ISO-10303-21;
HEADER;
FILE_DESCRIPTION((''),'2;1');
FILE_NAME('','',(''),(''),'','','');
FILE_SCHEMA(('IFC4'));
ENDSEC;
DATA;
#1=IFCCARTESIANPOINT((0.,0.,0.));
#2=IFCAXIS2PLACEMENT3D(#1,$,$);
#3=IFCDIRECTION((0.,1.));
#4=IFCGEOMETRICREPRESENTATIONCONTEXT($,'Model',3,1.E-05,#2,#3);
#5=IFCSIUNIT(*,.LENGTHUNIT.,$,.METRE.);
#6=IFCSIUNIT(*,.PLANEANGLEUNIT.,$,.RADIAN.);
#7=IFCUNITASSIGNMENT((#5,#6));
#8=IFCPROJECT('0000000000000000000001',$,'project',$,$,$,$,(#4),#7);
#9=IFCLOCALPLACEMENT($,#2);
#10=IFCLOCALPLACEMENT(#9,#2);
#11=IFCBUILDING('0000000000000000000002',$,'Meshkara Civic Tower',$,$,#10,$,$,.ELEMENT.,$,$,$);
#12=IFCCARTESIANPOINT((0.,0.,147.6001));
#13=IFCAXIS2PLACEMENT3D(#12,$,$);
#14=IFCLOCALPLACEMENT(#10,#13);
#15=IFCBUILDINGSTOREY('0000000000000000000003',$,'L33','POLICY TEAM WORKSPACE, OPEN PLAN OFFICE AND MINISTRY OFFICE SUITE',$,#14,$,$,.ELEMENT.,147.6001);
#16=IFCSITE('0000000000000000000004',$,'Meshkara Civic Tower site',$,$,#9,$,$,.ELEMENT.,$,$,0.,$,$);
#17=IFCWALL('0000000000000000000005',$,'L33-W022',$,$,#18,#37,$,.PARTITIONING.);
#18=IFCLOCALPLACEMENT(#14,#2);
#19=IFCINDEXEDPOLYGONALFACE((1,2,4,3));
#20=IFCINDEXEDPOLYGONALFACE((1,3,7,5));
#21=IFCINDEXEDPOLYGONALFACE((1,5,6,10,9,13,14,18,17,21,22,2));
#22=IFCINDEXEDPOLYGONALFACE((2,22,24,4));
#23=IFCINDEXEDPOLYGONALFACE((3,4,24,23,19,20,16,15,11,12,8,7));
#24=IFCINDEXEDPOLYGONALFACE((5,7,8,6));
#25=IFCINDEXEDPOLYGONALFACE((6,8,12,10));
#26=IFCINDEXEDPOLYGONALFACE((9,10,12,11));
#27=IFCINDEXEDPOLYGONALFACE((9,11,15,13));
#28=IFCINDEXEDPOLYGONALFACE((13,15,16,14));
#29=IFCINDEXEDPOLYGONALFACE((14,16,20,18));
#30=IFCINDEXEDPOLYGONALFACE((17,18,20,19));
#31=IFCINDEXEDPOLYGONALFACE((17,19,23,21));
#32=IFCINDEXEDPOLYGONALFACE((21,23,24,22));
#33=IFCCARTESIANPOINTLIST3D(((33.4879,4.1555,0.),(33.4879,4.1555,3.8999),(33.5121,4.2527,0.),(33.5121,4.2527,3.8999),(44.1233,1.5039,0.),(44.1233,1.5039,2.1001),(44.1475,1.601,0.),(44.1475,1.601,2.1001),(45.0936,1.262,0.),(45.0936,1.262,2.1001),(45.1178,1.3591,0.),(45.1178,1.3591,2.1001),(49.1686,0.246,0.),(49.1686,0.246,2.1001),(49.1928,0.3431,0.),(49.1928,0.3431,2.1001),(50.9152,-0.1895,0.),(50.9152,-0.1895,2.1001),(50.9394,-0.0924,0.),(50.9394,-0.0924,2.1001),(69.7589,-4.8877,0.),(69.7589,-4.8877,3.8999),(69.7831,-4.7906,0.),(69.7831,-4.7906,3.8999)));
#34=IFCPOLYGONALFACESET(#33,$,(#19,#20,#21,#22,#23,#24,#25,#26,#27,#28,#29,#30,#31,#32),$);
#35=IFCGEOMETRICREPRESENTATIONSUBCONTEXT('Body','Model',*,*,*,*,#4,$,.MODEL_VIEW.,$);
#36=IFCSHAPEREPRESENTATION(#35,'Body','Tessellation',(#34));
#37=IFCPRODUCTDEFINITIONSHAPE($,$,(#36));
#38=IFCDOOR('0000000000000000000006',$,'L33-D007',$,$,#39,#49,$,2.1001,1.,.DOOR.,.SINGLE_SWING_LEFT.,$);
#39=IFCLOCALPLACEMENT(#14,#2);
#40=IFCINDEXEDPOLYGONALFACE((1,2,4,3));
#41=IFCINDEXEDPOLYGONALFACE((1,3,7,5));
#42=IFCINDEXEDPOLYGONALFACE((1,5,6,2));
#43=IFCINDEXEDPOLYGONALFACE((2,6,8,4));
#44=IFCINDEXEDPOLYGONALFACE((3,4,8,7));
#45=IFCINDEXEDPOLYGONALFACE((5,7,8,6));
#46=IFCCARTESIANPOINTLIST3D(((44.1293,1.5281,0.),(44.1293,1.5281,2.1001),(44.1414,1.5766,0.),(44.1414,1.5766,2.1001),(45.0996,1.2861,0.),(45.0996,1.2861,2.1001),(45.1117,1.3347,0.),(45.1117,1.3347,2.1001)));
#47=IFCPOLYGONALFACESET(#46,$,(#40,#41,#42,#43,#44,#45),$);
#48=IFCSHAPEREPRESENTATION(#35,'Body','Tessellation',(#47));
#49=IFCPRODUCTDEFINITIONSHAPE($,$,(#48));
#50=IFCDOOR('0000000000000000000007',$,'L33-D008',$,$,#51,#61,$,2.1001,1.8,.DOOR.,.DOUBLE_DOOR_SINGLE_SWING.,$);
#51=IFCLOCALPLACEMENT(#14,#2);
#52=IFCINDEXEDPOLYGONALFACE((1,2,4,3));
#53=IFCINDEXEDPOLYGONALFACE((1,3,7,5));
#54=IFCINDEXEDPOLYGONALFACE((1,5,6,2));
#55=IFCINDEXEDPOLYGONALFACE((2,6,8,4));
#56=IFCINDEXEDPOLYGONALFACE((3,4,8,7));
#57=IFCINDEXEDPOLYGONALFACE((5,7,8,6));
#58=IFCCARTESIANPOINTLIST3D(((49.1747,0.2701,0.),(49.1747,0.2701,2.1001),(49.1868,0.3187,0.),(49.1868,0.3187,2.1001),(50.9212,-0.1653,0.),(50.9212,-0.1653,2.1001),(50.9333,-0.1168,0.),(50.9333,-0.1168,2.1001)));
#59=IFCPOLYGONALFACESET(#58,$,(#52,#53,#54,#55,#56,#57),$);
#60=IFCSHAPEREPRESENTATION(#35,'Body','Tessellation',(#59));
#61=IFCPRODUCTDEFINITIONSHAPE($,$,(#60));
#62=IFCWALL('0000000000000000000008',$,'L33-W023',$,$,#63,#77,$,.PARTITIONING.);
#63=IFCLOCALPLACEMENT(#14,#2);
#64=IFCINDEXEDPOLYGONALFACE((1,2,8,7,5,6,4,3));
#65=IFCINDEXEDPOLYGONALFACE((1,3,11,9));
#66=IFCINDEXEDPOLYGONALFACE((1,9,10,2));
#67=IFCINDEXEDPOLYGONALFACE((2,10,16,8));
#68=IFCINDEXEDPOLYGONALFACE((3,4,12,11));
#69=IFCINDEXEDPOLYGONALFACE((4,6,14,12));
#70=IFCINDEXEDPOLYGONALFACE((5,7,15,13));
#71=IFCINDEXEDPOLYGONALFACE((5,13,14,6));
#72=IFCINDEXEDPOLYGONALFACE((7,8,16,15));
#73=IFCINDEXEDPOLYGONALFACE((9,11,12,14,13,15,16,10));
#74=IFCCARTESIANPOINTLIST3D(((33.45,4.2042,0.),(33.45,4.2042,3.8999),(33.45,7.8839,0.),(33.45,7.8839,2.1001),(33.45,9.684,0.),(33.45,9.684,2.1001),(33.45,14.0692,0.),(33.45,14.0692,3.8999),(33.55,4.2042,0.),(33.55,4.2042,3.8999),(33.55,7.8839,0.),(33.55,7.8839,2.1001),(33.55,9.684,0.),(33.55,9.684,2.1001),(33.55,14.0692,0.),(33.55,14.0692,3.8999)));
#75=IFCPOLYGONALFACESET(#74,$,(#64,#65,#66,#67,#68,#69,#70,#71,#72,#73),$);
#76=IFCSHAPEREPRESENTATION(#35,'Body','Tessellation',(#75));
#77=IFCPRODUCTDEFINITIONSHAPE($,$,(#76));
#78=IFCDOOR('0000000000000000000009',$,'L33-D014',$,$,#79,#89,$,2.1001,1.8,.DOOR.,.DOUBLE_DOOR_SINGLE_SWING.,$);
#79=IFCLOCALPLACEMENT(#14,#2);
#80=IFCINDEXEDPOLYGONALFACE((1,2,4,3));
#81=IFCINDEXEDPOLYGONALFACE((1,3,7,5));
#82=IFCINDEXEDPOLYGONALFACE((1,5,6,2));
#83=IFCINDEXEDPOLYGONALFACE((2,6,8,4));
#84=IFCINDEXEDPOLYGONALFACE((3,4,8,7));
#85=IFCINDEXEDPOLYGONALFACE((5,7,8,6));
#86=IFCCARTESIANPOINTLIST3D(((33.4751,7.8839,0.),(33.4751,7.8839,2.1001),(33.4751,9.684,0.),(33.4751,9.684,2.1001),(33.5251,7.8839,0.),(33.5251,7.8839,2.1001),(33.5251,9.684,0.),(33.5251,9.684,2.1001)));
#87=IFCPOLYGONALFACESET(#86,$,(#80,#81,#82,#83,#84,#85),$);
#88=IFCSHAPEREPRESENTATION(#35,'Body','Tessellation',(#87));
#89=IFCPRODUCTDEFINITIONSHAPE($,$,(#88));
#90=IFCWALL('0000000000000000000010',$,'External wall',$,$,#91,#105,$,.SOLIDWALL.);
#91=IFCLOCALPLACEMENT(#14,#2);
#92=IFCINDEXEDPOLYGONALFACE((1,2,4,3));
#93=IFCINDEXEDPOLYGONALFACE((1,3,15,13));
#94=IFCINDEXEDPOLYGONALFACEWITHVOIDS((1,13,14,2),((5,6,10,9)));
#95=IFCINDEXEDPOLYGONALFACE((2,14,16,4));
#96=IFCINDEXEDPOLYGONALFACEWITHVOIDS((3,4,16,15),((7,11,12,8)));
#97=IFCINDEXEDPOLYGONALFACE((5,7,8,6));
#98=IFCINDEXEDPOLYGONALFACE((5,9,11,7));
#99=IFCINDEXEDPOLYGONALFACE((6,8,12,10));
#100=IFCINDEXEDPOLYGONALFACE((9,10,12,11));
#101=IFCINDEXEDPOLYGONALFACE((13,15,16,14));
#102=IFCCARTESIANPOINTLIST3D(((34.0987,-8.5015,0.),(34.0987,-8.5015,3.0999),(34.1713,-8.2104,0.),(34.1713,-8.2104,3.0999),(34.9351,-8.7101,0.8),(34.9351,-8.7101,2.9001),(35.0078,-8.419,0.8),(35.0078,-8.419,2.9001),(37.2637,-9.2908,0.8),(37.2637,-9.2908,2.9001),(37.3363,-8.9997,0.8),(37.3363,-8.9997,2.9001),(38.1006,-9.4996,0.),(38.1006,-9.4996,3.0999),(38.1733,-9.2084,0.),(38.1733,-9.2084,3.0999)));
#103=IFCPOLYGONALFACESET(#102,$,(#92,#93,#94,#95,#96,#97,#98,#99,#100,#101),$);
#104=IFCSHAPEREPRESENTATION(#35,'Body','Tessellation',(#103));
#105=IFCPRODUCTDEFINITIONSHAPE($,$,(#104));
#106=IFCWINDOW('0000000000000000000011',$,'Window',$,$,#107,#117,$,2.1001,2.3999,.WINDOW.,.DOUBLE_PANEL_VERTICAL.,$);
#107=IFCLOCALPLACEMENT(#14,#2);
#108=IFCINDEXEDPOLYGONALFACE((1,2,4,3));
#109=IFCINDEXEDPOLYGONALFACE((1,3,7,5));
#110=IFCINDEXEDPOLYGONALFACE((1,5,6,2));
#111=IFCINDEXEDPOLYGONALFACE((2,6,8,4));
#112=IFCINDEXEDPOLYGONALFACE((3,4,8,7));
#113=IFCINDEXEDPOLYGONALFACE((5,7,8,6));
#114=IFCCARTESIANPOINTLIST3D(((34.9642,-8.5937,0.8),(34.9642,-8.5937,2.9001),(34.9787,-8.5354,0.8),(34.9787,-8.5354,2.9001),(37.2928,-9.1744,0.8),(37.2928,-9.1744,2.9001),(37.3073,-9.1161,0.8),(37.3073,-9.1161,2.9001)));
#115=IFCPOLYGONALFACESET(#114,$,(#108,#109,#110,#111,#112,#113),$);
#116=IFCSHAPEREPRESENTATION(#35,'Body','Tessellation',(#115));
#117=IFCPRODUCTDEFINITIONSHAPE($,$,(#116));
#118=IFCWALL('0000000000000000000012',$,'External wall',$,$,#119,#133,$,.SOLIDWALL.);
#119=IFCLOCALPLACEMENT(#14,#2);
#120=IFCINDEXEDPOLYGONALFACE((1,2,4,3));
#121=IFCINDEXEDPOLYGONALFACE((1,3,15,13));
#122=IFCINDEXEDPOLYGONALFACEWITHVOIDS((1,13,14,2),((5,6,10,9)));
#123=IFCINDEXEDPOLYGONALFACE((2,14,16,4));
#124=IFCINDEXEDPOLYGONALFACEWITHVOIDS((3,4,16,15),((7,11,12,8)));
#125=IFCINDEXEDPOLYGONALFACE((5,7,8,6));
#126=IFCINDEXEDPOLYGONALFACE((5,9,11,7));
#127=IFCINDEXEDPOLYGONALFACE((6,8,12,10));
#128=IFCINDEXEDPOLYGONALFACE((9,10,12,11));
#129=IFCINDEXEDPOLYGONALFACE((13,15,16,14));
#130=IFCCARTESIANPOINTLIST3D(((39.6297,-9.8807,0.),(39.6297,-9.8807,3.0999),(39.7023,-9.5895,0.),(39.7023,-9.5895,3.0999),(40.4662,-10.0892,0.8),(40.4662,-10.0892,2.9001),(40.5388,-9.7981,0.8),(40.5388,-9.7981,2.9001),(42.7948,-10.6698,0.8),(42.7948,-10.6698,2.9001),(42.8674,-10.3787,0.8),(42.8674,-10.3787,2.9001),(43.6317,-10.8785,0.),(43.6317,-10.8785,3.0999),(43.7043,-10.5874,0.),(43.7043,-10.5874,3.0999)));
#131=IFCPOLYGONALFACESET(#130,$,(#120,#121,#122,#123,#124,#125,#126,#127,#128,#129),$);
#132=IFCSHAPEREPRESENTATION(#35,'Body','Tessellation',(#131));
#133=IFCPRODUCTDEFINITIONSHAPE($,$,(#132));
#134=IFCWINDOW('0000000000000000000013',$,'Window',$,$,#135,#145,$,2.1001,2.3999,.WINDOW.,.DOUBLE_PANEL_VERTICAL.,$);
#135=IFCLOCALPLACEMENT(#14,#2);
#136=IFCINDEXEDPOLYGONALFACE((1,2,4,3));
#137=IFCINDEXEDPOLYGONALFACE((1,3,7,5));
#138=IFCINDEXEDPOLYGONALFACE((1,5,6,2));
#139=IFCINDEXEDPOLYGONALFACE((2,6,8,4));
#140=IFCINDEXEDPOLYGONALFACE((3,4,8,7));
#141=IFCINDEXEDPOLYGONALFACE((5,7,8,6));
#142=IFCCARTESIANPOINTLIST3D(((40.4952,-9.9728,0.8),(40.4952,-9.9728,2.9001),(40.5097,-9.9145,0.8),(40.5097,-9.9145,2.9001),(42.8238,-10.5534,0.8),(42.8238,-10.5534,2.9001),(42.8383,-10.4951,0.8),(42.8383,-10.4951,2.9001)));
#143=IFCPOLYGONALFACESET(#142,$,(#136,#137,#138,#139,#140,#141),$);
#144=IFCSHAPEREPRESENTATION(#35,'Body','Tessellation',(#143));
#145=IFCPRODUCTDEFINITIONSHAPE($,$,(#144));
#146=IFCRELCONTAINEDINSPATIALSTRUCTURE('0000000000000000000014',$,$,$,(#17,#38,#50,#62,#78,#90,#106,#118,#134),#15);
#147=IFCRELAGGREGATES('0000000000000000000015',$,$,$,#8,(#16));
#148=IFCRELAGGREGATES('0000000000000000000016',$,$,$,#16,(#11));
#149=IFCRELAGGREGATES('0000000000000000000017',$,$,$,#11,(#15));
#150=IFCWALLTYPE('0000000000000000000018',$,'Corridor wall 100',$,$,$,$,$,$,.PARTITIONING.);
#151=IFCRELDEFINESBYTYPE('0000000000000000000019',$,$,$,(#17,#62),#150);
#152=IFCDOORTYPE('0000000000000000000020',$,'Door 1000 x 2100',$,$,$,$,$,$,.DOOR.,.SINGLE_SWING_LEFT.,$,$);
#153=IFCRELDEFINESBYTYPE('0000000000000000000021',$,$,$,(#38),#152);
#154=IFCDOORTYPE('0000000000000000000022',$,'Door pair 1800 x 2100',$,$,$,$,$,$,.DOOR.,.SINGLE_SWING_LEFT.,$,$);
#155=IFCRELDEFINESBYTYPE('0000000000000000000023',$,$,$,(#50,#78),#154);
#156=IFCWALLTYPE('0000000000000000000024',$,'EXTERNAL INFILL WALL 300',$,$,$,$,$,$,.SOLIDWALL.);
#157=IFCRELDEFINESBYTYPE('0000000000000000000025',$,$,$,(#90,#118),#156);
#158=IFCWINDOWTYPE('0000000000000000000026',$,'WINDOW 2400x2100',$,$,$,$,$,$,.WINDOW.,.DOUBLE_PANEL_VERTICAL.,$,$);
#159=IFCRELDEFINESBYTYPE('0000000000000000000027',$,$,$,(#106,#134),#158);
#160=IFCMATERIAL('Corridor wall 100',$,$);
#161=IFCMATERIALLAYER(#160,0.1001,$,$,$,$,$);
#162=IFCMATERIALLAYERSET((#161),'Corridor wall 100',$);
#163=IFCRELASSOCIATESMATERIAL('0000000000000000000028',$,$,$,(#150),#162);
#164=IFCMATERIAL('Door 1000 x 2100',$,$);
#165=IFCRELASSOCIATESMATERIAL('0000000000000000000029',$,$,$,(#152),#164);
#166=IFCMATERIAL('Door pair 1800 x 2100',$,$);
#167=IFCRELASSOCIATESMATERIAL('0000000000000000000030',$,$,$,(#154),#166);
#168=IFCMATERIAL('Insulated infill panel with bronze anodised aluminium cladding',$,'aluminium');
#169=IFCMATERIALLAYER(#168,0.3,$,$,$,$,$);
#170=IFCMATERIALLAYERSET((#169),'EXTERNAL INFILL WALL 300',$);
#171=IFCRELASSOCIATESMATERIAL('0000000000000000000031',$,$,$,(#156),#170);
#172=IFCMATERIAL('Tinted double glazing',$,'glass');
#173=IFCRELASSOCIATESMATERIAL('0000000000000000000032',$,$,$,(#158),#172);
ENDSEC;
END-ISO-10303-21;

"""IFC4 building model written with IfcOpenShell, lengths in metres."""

from ifc_helpers import new_model, si_unit, direction, frame, frame_2d, origin, place, context, subcontext, project, spatial, rectangle, extrude, material, layer, layer_set, type_object, element, fill, save


model = new_model("IFC4")

# Units and contexts
model_context = context("Model", 3, precision=1e-05, world=origin(), true_north=direction((0.0, 1.0)))
body_context = subcontext(model_context, "Body", "Model", "MODEL_VIEW")
ifc_project = project(units=[si_unit("LENGTHUNIT", "METRE"), si_unit("PLANEANGLEUNIT", "RADIAN")], contexts=[model_context])

# Site, building, storey
site_placement = place(None, origin())
site = spatial("IfcSite", under=ifc_project, at=site_placement, Name="Meshkara Civic Tower site", CompositionType="ELEMENT", RefElevation=0.0)
building_placement = place(site_placement, origin())
building = spatial("IfcBuilding", under=site, at=building_placement, Name="Meshkara Civic Tower", CompositionType="ELEMENT")
storey_placement = place(building_placement, frame((0.0, 0.0, 147.6001)))
storey = spatial("IfcBuildingStorey", under=building, at=storey_placement, Name="L33", Description="POLICY TEAM WORKSPACE, OPEN PLAN OFFICE AND MINISTRY OFFICE SUITE", CompositionType="ELEMENT", Elevation=147.6001)

# Wall, openings, doors
ifc_material_1 = material(Name="Corridor wall 100")
ifc_layer_1 = layer(ifc_material_1, 0.1001)
ifc_layer_set_1 = layer_set([ifc_layer_1], Name="Corridor wall 100")
wall_type_1 = type_object("IfcWallType", Name="Corridor wall 100", PredefinedType="PARTITIONING", material=ifc_layer_set_1)
wall_1_placement = place(storey_placement, frame((33.5, 4.2041, 0.0), z_axis=(0.0, 0.0, 1.0), x_axis=(0.970297, -0.241918, 0.0)))
wall_1 = element("IfcWall", 1, at=wall_1_placement, inside=storey, type_object=wall_type_1, Name="L33-W022", PredefinedType="PARTITIONING", context=body_context, shape_type="SweptSolid", body=[
    extrude(rectangle(XDim=37.3813, YDim=0.1001, at=frame_2d((18.6907, 0.0))), origin(), (0.0, 0.0, 1.0), 3.8999),
])
opening_1_placement = place(wall_1_placement, frame((10.9609, 0.0, 0.0)))
opening_1 = element("IfcOpeningElement", 2, at=opening_1_placement, cuts=wall_1, PredefinedType="OPENING", context=body_context, shape_type="SweptSolid", body=[
    extrude(rectangle(XDim=1.0, YDim=2.1001, at=frame_2d((0.5, 1.05))), frame((0.0, 0.0601, 0.0), z_axis=(0.0, -1.0, 0.0), x_axis=(1.0, 0.0, 0.0)), (0.0, 0.0, 1.0), 0.1201),
])
opening_2_placement = place(wall_1_placement, frame((16.1609, 0.0, 0.0)))
opening_2 = element("IfcOpeningElement", 3, at=opening_2_placement, cuts=wall_1, PredefinedType="OPENING", context=body_context, shape_type="SweptSolid", body=[
    extrude(rectangle(XDim=1.8, YDim=2.1001, at=frame_2d((0.8999, 1.05))), frame((0.0, 0.0601, 0.0), z_axis=(0.0, -1.0, 0.0), x_axis=(1.0, 0.0, 0.0)), (0.0, 0.0, 1.0), 0.1201),
])
ifc_material_2 = material(Name="Door 1000 x 2100")
door_type_1 = type_object("IfcDoorType", Name="Door 1000 x 2100", OperationType="SINGLE_SWING_LEFT", PredefinedType="DOOR", material=ifc_material_2)
door_1_placement = place(opening_1_placement, origin())
door_1 = element("IfcDoor", 4, at=door_1_placement, inside=storey, type_object=door_type_1, Name="L33-D007", OperationType="SINGLE_SWING_LEFT", OverallHeight=2.1001, OverallWidth=1.0, PredefinedType="DOOR", context=body_context, shape_type="SweptSolid", body=[
    extrude(rectangle(XDim=1.0, YDim=2.1001, at=frame_2d((0.5, 1.05))), frame((0.0, 0.0249, 0.0), z_axis=(0.0, -1.0, 0.0), x_axis=(1.0, 0.0, 0.0)), (0.0, 0.0, 1.0), 0.05),
])
fill(opening_1, door_1)
ifc_material_3 = material(Name="Door pair 1800 x 2100")
door_type_2 = type_object("IfcDoorType", Name="Door pair 1800 x 2100", OperationType="SINGLE_SWING_LEFT", PredefinedType="DOOR", material=ifc_material_3)
door_2_placement = place(opening_2_placement, origin())
door_2 = element("IfcDoor", 5, at=door_2_placement, inside=storey, type_object=door_type_2, Name="L33-D008", OperationType="DOUBLE_DOOR_SINGLE_SWING", OverallHeight=2.1001, OverallWidth=1.8, PredefinedType="DOOR", context=body_context, shape_type="SweptSolid", body=[
    extrude(rectangle(XDim=1.8, YDim=2.1001, at=frame_2d((0.8999, 1.05))), frame((0.0, 0.0249, 0.0), z_axis=(0.0, -1.0, 0.0), x_axis=(1.0, 0.0, 0.0)), (0.0, 0.0, 1.0), 0.05),
])
fill(opening_2, door_2)

# Wall, opening, door
wall_2_placement = place(storey_placement, frame((33.5, 4.2041, 0.0), z_axis=(0.0, 0.0, 1.0), x_axis=(0.0, 1.0, 0.0)))
wall_2 = element("IfcWall", 6, at=wall_2_placement, inside=storey, type_object=wall_type_1, Name="L33-W023", PredefinedType="PARTITIONING", context=body_context, shape_type="SweptSolid", body=[
    extrude(rectangle(XDim=9.865, YDim=0.1001, at=frame_2d((4.9326, 0.0))), origin(), (0.0, 0.0, 1.0), 3.8999),
])
opening_3_placement = place(wall_2_placement, frame((3.6799, 0.0, 0.0)))
opening_3 = element("IfcOpeningElement", 7, at=opening_3_placement, cuts=wall_2, PredefinedType="OPENING", context=body_context, shape_type="SweptSolid", body=[
    extrude(rectangle(XDim=1.8, YDim=2.1001, at=frame_2d((0.8999, 1.05))), frame((0.0, 0.0601, 0.0), z_axis=(0.0, -1.0, 0.0), x_axis=(1.0, 0.0, 0.0)), (0.0, 0.0, 1.0), 0.1201),
])
door_3_placement = place(opening_3_placement, origin())
door_3 = element("IfcDoor", 8, at=door_3_placement, inside=storey, type_object=door_type_2, Name="L33-D014", OperationType="DOUBLE_DOOR_SINGLE_SWING", OverallHeight=2.1001, OverallWidth=1.8, PredefinedType="DOOR", context=body_context, shape_type="SweptSolid", body=[
    extrude(rectangle(XDim=1.8, YDim=2.1001, at=frame_2d((0.8999, 1.05))), frame((0.0, 0.0249, 0.0), z_axis=(0.0, -1.0, 0.0), x_axis=(1.0, 0.0, 0.0)), (0.0, 0.0, 1.0), 0.05),
])
fill(opening_3, door_3)

# Walls, openings, windows
ifc_material_4 = material(Name="Insulated infill panel with bronze anodised aluminium cladding", Category="aluminium")
ifc_layer_2 = layer(ifc_material_4, 0.3)
ifc_layer_set_2 = layer_set([ifc_layer_2], Name="EXTERNAL INFILL WALL 300")
wall_type_2 = type_object("IfcWallType", Name="EXTERNAL INFILL WALL 300", PredefinedType="SOLIDWALL", material=ifc_layer_set_2)
wall_3_placement = place(storey_placement, frame((34.135, -8.356, 0.0), z_axis=(0.0, 0.0, 1.0), x_axis=(0.970282, -0.241978, 0.0)))
wall_3 = element("IfcWall", 9, at=wall_3_placement, inside=storey, type_object=wall_type_2, Name="External wall", PredefinedType="SOLIDWALL", context=body_context, shape_type="SweptSolid", body=[
    extrude(rectangle(XDim=4.1245, YDim=0.3, at=frame_2d((2.0623, 0.0))), origin(), (0.0, 0.0, 1.0), 3.0999),
])
opening_4_placement = place(wall_3_placement, frame((0.8621, 0.0, 0.8)))
opening_4 = element("IfcOpeningElement", 10, at=opening_4_placement, cuts=wall_3, PredefinedType="OPENING", context=body_context, shape_type="SweptSolid", body=[
    extrude(rectangle(XDim=2.3999, YDim=2.1001, at=frame_2d((1.2, 1.05))), frame((0.0, 0.1599, 0.0), z_axis=(0.0, -1.0, 0.0), x_axis=(1.0, 0.0, 0.0)), (0.0, 0.0, 1.0), 0.3201),
])
ifc_material_5 = material(Name="Tinted double glazing", Category="glass")
window_type = type_object("IfcWindowType", Name="WINDOW 2400x2100", PartitioningType="DOUBLE_PANEL_VERTICAL", PredefinedType="WINDOW", material=ifc_material_5)
window_1_placement = place(opening_4_placement, origin())
window_1 = element("IfcWindow", 11, at=window_1_placement, inside=storey, type_object=window_type, Name="Window", OverallHeight=2.1001, OverallWidth=2.3999, PartitioningType="DOUBLE_PANEL_VERTICAL", PredefinedType="WINDOW", context=body_context, shape_type="SweptSolid", body=[
    extrude(rectangle(XDim=2.3999, YDim=2.1001, at=frame_2d((1.2, 1.05))), frame((0.0, 0.03, 0.0), z_axis=(0.0, -1.0, 0.0), x_axis=(1.0, 0.0, 0.0)), (0.0, 0.0, 1.0), 0.0601),
])
fill(opening_4, window_1)
wall_4_placement = place(storey_placement, frame((39.666, -9.7351, 0.0), z_axis=(0.0, 0.0, 1.0), x_axis=(0.970296, -0.241923, 0.0)))
wall_4 = element("IfcWall", 12, at=wall_4_placement, inside=storey, type_object=wall_type_2, Name="External wall", PredefinedType="SOLIDWALL", context=body_context, shape_type="SweptSolid", body=[
    extrude(rectangle(XDim=4.1245, YDim=0.3, at=frame_2d((2.0623, 0.0))), origin(), (0.0, 0.0, 1.0), 3.0999),
])
opening_5_placement = place(wall_4_placement, frame((0.8621, 0.0, 0.8)))
opening_5 = element("IfcOpeningElement", 13, at=opening_5_placement, cuts=wall_4, PredefinedType="OPENING", context=body_context, shape_type="SweptSolid", body=[
    extrude(rectangle(XDim=2.3999, YDim=2.1001, at=frame_2d((1.2, 1.05))), frame((0.0, 0.1599, 0.0), z_axis=(0.0, -1.0, 0.0), x_axis=(1.0, 0.0, 0.0)), (0.0, 0.0, 1.0), 0.3201),
])
window_2_placement = place(opening_5_placement, origin())
window_2 = element("IfcWindow", 14, at=window_2_placement, inside=storey, type_object=window_type, Name="Window", OverallHeight=2.1001, OverallWidth=2.3999, PartitioningType="DOUBLE_PANEL_VERTICAL", PredefinedType="WINDOW", context=body_context, shape_type="SweptSolid", body=[
    extrude(rectangle(XDim=2.3999, YDim=2.1001, at=frame_2d((1.2, 1.05))), frame((0.0, 0.03, 0.0), z_axis=(0.0, -1.0, 0.0), x_axis=(1.0, 0.0, 0.0)), (0.0, 0.0, 1.0), 0.0601),
])
fill(opening_5, window_2)

save(model, "model.ifc")
